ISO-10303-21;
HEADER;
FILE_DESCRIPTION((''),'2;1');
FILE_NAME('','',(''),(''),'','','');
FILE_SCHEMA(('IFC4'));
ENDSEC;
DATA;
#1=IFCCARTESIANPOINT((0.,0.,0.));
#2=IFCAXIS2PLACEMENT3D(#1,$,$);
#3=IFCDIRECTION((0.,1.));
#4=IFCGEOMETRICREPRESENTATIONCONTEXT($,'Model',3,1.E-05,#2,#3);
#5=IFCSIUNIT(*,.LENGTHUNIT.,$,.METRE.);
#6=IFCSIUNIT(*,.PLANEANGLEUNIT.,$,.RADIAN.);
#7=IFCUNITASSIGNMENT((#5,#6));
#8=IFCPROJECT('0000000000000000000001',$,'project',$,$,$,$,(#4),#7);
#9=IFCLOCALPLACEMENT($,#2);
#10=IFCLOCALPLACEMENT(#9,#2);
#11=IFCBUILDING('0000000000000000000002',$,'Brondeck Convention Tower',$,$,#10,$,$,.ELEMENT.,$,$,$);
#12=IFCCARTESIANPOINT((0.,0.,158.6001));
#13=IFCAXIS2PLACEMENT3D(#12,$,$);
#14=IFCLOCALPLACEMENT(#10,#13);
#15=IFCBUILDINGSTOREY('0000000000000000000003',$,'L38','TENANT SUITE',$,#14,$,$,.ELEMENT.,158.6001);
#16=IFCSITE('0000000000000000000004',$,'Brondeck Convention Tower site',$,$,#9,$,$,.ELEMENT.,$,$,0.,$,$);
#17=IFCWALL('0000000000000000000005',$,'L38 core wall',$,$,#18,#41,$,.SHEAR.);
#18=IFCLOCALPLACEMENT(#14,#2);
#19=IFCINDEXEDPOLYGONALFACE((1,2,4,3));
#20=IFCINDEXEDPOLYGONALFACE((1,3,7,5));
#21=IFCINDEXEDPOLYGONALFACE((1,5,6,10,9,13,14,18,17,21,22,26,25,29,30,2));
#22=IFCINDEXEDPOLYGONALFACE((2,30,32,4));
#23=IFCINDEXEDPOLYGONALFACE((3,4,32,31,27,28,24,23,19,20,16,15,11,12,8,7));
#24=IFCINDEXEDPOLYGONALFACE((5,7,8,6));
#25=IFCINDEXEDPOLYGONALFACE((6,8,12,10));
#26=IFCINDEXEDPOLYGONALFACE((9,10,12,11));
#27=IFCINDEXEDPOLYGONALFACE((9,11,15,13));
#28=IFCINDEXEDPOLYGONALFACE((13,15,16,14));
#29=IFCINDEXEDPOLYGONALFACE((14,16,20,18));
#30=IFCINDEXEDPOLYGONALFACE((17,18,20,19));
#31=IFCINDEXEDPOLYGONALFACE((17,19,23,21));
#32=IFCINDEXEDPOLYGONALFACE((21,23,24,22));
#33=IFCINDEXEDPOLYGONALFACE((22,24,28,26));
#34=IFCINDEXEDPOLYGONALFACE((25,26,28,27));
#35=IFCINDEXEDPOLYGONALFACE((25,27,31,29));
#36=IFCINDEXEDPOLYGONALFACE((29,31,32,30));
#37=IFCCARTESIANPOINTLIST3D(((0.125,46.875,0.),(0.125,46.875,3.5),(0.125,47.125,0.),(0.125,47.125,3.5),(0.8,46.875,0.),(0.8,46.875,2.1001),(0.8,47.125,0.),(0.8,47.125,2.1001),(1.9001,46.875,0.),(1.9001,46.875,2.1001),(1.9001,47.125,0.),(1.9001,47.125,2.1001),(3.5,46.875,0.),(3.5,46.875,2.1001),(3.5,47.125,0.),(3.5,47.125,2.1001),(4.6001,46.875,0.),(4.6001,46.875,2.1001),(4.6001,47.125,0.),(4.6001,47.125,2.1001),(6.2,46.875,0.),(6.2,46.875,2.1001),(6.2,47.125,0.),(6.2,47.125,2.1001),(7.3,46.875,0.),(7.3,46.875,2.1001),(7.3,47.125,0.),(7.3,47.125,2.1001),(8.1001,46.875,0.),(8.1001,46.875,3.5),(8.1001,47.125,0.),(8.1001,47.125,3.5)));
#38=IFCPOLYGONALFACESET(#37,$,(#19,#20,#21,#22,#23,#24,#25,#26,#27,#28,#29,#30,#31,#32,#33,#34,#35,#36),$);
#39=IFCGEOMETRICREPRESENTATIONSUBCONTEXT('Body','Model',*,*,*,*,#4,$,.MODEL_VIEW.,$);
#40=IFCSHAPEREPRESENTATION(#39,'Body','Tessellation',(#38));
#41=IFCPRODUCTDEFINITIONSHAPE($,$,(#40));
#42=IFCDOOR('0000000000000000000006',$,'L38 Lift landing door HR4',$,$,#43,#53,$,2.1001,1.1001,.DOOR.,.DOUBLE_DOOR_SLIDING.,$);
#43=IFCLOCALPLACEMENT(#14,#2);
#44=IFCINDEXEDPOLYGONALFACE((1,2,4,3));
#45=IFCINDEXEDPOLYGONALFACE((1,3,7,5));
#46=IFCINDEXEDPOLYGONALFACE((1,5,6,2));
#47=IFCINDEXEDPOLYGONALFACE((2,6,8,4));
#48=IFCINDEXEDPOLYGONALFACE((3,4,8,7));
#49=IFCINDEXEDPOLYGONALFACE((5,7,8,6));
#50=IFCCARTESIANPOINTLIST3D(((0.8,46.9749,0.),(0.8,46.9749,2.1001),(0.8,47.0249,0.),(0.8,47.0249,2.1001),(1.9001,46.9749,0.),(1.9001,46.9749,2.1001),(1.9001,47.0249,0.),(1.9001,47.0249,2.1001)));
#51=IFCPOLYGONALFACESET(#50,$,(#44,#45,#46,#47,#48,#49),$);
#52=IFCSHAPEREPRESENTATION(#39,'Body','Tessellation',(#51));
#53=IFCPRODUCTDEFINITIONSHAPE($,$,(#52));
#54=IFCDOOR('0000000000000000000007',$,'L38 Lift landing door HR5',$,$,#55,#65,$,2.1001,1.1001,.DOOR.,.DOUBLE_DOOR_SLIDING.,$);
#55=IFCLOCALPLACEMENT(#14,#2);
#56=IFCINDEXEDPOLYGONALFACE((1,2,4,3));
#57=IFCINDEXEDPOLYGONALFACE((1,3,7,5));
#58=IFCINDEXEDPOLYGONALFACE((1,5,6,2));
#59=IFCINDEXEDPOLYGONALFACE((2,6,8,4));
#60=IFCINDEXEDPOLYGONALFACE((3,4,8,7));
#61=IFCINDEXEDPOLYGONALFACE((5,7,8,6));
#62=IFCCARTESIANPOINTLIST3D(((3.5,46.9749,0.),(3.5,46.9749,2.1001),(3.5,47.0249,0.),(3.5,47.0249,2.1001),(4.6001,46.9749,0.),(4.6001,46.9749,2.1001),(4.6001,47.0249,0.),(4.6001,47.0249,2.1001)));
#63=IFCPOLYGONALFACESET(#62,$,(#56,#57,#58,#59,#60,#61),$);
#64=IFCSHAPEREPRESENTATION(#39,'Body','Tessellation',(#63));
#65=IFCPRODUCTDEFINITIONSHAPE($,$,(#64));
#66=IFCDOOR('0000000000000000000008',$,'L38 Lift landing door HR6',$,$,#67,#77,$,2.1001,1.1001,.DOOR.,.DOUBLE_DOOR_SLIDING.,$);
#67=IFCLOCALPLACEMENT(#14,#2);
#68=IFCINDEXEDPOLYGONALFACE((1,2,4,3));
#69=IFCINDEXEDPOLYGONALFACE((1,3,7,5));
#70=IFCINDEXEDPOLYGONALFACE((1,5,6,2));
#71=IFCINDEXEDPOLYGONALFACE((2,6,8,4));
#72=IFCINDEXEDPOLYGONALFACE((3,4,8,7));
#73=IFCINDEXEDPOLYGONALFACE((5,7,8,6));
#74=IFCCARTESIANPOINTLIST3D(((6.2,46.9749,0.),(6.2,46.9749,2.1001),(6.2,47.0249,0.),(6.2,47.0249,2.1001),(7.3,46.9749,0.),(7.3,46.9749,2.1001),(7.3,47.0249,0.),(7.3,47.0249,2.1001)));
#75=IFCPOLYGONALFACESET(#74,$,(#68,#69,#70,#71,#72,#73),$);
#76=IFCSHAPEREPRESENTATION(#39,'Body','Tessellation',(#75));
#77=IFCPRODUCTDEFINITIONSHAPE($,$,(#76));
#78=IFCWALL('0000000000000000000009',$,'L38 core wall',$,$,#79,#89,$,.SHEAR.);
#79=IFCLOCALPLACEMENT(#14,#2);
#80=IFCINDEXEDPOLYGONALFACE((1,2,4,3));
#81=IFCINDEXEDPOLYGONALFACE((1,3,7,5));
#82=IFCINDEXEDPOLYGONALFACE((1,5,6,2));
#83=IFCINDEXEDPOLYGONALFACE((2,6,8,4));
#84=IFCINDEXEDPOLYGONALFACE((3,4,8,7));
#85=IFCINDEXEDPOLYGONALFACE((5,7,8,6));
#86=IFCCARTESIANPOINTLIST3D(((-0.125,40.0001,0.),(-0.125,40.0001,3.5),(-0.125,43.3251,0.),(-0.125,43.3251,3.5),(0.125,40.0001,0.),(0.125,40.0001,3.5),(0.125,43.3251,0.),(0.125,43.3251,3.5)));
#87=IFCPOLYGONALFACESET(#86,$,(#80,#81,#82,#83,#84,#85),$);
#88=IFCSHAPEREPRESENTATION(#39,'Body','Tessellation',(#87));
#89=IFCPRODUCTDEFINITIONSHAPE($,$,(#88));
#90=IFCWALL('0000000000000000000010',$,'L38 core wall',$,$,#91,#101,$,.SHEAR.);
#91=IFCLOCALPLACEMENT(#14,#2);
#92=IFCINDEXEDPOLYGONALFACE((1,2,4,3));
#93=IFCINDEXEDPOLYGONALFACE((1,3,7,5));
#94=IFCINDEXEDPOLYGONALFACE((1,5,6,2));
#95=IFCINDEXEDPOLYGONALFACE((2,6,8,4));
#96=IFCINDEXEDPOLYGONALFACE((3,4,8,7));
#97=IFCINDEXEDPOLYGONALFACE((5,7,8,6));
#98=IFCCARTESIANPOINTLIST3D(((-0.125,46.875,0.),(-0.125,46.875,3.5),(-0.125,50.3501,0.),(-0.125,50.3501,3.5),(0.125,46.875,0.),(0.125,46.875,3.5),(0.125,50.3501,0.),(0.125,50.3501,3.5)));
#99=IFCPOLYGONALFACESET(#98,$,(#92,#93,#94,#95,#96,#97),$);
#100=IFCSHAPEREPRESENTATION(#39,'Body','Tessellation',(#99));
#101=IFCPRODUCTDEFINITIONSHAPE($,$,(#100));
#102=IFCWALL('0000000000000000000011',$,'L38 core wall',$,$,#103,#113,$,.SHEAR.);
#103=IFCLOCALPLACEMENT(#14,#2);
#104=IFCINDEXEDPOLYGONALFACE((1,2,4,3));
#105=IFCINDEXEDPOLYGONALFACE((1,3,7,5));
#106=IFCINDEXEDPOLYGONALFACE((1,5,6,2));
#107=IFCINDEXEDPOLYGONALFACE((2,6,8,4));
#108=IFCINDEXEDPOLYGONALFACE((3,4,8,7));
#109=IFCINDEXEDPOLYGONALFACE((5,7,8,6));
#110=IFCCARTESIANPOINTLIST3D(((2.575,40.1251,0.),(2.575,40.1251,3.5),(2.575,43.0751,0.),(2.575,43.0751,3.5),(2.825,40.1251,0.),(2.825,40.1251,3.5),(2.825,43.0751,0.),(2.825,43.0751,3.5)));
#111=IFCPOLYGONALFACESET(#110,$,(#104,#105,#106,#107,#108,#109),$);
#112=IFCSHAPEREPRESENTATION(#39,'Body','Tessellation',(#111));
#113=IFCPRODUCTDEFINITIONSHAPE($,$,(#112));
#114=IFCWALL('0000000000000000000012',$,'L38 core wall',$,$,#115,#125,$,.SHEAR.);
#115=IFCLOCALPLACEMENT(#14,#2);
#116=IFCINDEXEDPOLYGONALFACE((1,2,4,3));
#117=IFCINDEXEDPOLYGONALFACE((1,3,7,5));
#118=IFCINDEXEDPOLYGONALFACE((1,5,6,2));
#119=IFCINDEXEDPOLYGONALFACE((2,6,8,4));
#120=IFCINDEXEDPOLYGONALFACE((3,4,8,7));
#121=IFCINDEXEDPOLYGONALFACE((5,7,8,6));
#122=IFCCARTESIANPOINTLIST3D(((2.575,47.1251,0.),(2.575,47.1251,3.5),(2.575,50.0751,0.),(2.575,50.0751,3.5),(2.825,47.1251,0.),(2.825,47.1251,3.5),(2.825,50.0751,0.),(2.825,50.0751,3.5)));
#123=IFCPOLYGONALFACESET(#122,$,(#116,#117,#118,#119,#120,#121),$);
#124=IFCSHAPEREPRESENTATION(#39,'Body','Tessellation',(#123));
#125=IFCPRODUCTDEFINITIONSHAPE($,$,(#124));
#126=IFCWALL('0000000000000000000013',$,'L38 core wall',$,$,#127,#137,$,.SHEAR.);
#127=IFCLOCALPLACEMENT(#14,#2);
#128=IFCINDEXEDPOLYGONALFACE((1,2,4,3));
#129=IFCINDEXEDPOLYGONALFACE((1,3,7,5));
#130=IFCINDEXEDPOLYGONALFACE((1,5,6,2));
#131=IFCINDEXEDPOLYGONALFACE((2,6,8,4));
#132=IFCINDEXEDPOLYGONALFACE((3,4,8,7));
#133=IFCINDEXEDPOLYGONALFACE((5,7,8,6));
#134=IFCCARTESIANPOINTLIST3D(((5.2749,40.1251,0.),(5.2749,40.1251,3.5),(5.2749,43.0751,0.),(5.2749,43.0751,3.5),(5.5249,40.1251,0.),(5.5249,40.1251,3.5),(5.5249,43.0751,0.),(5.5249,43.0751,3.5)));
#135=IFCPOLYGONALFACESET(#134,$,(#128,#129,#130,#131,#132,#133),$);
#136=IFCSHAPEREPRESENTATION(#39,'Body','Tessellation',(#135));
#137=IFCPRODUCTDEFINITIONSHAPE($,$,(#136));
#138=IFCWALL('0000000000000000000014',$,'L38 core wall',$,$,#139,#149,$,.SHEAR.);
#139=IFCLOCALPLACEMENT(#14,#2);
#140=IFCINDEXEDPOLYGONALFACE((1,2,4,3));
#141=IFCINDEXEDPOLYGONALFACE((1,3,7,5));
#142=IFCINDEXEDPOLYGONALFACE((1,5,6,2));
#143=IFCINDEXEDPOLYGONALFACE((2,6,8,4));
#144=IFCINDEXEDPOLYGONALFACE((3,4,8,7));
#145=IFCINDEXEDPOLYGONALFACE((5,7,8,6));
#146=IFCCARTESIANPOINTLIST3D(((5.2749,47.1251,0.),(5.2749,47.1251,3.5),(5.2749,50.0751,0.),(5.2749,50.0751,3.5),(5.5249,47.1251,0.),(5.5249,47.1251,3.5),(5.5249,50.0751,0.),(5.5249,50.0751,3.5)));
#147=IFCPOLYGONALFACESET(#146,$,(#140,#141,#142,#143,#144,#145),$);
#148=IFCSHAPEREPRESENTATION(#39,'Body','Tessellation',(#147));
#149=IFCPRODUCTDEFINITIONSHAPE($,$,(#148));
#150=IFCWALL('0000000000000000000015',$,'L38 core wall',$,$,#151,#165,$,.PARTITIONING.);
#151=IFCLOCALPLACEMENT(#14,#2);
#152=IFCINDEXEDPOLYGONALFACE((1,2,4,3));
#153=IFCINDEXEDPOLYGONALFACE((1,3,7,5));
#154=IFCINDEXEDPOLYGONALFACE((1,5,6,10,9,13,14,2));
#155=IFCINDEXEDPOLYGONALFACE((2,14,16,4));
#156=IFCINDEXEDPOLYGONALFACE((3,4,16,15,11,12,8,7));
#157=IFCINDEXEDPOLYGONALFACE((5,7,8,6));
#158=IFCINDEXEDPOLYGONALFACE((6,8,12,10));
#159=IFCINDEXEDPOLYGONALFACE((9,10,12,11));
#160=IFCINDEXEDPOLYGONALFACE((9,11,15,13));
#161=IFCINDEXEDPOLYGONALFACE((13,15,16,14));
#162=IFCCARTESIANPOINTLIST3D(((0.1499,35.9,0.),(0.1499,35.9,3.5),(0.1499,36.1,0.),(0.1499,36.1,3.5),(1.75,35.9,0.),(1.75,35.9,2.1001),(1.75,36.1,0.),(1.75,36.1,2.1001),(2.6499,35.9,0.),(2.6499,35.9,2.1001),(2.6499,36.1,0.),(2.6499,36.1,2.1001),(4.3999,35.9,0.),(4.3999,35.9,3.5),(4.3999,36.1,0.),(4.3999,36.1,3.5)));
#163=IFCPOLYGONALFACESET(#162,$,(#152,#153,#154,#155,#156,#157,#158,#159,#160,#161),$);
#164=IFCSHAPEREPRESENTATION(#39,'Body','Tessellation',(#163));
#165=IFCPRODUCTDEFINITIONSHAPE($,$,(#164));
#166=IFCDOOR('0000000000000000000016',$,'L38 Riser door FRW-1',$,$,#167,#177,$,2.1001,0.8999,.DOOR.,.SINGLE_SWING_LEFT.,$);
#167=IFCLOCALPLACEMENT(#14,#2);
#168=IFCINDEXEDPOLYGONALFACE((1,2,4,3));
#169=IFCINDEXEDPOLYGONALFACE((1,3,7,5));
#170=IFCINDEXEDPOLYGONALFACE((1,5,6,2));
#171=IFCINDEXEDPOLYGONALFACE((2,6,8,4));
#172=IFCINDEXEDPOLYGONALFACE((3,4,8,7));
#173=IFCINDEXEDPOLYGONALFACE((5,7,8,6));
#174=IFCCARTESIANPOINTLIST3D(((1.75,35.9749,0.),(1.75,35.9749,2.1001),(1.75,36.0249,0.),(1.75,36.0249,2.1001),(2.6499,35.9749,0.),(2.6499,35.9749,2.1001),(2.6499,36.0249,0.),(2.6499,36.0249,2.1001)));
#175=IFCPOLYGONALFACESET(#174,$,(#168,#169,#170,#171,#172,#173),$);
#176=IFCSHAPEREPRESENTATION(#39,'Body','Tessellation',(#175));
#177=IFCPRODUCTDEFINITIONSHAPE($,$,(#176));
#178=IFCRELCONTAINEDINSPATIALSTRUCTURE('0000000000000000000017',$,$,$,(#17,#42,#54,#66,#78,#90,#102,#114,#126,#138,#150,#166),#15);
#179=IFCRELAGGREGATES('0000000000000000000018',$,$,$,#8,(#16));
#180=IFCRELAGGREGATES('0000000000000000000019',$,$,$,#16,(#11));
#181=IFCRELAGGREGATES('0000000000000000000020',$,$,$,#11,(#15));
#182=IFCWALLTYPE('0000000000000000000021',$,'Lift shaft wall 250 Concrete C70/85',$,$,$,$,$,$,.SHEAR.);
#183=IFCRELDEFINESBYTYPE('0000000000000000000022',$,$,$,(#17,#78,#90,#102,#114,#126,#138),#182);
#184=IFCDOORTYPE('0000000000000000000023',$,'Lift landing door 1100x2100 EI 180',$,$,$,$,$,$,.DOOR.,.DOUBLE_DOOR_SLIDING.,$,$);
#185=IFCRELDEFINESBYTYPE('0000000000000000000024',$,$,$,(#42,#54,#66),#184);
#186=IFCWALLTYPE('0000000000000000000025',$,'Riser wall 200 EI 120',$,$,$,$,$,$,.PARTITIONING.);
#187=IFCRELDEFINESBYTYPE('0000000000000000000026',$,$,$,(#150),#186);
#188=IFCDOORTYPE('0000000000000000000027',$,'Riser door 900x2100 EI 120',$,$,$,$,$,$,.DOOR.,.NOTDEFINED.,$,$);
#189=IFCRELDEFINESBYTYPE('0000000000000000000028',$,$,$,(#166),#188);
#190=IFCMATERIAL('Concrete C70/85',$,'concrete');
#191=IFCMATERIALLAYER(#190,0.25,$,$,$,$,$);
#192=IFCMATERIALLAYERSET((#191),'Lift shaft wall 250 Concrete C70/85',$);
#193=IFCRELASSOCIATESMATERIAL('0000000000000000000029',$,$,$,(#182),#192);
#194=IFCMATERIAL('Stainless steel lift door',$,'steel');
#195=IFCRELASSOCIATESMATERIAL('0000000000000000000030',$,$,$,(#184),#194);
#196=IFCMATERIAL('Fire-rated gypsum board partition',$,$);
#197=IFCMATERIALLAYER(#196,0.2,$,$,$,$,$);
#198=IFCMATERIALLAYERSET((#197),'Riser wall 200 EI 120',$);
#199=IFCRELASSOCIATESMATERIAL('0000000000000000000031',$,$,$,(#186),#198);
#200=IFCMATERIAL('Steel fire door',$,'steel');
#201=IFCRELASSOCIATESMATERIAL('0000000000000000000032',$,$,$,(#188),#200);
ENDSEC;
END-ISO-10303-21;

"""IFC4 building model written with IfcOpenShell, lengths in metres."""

from ifc_helpers import new_model, si_unit, direction, frame, frame_2d, origin, place, context, subcontext, project, spatial, rectangle, extrude, material, layer, layer_set, type_object, element, fill, save


model = new_model("IFC4")

# Units and contexts
model_context = context("Model", 3, precision=1e-05, world=origin(), true_north=direction((0.0, 1.0)))
body_context = subcontext(model_context, "Body", "Model", "MODEL_VIEW")
ifc_project = project(units=[si_unit("LENGTHUNIT", "METRE"), si_unit("PLANEANGLEUNIT", "RADIAN")], contexts=[model_context])

# Site, building, storey
site_placement = place(None, origin())
site = spatial("IfcSite", under=ifc_project, at=site_placement, Name="Brondeck Convention Tower site", CompositionType="ELEMENT", RefElevation=0.0)
building_placement = place(site_placement, origin())
building = spatial("IfcBuilding", under=site, at=building_placement, Name="Brondeck Convention Tower", CompositionType="ELEMENT")
storey_placement = place(building_placement, frame((0.0, 0.0, 158.6001)))
storey = spatial("IfcBuildingStorey", under=building, at=storey_placement, Name="L38", Description="TENANT SUITE", CompositionType="ELEMENT", Elevation=158.6001)

# Shared definitions
ifc_material_1 = material(Name="Concrete C70/85", Category="concrete")

# Shared definitions
ifc_layer_1 = layer(ifc_material_1, 0.25)
ifc_layer_set_1 = layer_set([ifc_layer_1], Name="Lift shaft wall 250 Concrete C70/85")
wall_type_1 = type_object("IfcWallType", Name="Lift shaft wall 250 Concrete C70/85", PredefinedType="SHEAR", material=ifc_layer_set_1)

# Wall, openings, doors
ifc_material_2 = material(Name="Stainless steel lift door", Category="steel")
door_type_1 = type_object("IfcDoorType", Name="Lift landing door 1100x2100 EI 180", OperationType="DOUBLE_DOOR_SLIDING", PredefinedType="DOOR", material=ifc_material_2)
wall_1_placement = place(storey_placement, frame((0.125, 47.0, 0.0), z_axis=(0.0, 0.0, 1.0), x_axis=(1.0, 0.0, 0.0)))
wall_1 = element("IfcWall", 1, at=wall_1_placement, inside=storey, type_object=wall_type_1, Name="L38 core wall", PredefinedType="SHEAR", context=body_context, shape_type="SweptSolid", body=[
    extrude(rectangle(XDim=7.9751, YDim=0.25, at=frame_2d((3.9875, 0.0))), origin(), (0.0, 0.0, 1.0), 3.5),
])
opening_1_placement = place(wall_1_placement, frame((0.675, 0.0, 0.0)))
opening_1 = element("IfcOpeningElement", 2, at=opening_1_placement, cuts=wall_1, PredefinedType="OPENING", context=body_context, shape_type="SweptSolid", body=[
    extrude(rectangle(XDim=1.1001, YDim=2.1001, at=frame_2d((0.55, 1.05))), frame((0.0, 0.135, 0.0), z_axis=(0.0, -1.0, 0.0), x_axis=(1.0, 0.0, 0.0)), (0.0, 0.0, 1.0), 0.27),
])
opening_2_placement = place(wall_1_placement, frame((3.375, 0.0, 0.0)))
opening_2 = element("IfcOpeningElement", 3, at=opening_2_placement, cuts=wall_1, PredefinedType="OPENING", context=body_context, shape_type="SweptSolid", body=[
    extrude(rectangle(XDim=1.1001, YDim=2.1001, at=frame_2d((0.55, 1.05))), frame((0.0, 0.135, 0.0), z_axis=(0.0, -1.0, 0.0), x_axis=(1.0, 0.0, 0.0)), (0.0, 0.0, 1.0), 0.27),
])
opening_3_placement = place(wall_1_placement, frame((6.075, 0.0, 0.0)))
opening_3 = element("IfcOpeningElement", 4, at=opening_3_placement, cuts=wall_1, PredefinedType="OPENING", context=body_context, shape_type="SweptSolid", body=[
    extrude(rectangle(XDim=1.1001, YDim=2.1001, at=frame_2d((0.55, 1.05))), frame((0.0, 0.135, 0.0), z_axis=(0.0, -1.0, 0.0), x_axis=(1.0, 0.0, 0.0)), (0.0, 0.0, 1.0), 0.27),
])
door_1_placement = place(opening_1_placement, origin())
door_1 = element("IfcDoor", 5, at=door_1_placement, inside=storey, type_object=door_type_1, Name="L38 Lift landing door HR4", OperationType="DOUBLE_DOOR_SLIDING", OverallHeight=2.1001, OverallWidth=1.1001, PredefinedType="DOOR", context=body_context, shape_type="SweptSolid", body=[
    extrude(rectangle(XDim=1.1001, YDim=2.1001, at=frame_2d((0.55, 1.05))), frame((0.0, 0.0249, 0.0), z_axis=(0.0, -1.0, 0.0), x_axis=(1.0, 0.0, 0.0)), (0.0, 0.0, 1.0), 0.05),
])
fill(opening_1, door_1)
door_2_placement = place(opening_2_placement, origin())
door_2 = element("IfcDoor", 6, at=door_2_placement, inside=storey, type_object=door_type_1, Name="L38 Lift landing door HR5", OperationType="DOUBLE_DOOR_SLIDING", OverallHeight=2.1001, OverallWidth=1.1001, PredefinedType="DOOR", context=body_context, shape_type="SweptSolid", body=[
    extrude(rectangle(XDim=1.1001, YDim=2.1001, at=frame_2d((0.55, 1.05))), frame((0.0, 0.0249, 0.0), z_axis=(0.0, -1.0, 0.0), x_axis=(1.0, 0.0, 0.0)), (0.0, 0.0, 1.0), 0.05),
])
fill(opening_2, door_2)
door_3_placement = place(opening_3_placement, origin())
door_3 = element("IfcDoor", 7, at=door_3_placement, inside=storey, type_object=door_type_1, Name="L38 Lift landing door HR6", OperationType="DOUBLE_DOOR_SLIDING", OverallHeight=2.1001, OverallWidth=1.1001, PredefinedType="DOOR", context=body_context, shape_type="SweptSolid", body=[
    extrude(rectangle(XDim=1.1001, YDim=2.1001, at=frame_2d((0.55, 1.05))), frame((0.0, 0.0249, 0.0), z_axis=(0.0, -1.0, 0.0), x_axis=(1.0, 0.0, 0.0)), (0.0, 0.0, 1.0), 0.05),
])
fill(opening_3, door_3)

# Walls
wall_2_placement = place(storey_placement, frame((0.0, 40.0, 0.0), z_axis=(0.0, 0.0, 1.0), x_axis=(0.0, 1.0, 0.0)))
element("IfcWall", 8, at=wall_2_placement, inside=storey, type_object=wall_type_1, Name="L38 core wall", PredefinedType="SHEAR", context=body_context, shape_type="SweptSolid", body=[
    extrude(rectangle(XDim=3.325, YDim=0.25, at=frame_2d((1.6626, 0.0))), origin(), (0.0, 0.0, 1.0), 3.5),
])
wall_3_placement = place(storey_placement, frame((0.0, 46.875, 0.0), z_axis=(0.0, 0.0, 1.0), x_axis=(0.0, 1.0, 0.0)))
element("IfcWall", 9, at=wall_3_placement, inside=storey, type_object=wall_type_1, Name="L38 core wall", PredefinedType="SHEAR", context=body_context, shape_type="SweptSolid", body=[
    extrude(rectangle(XDim=3.4751, YDim=0.25, at=frame_2d((1.7375, 0.0))), origin(), (0.0, 0.0, 1.0), 3.5),
])
for number, where, z_axis, x_axis, name in (
    (10, (2.7, 40.125, 0.0), (0.0, 0.0, 1.0), (0.0, 1.0, 0.0), "L38 core wall"),
    (11, (2.7, 47.125, 0.0), (0.0, 0.0, 1.0), (0.0, 1.0, 0.0), "L38 core wall"),
    (12, (5.3999, 40.125, 0.0), (0.0, 0.0, 1.0), (0.0, 1.0, 0.0), "L38 core wall"),
    (13, (5.3999, 47.125, 0.0), (0.0, 0.0, 1.0), (0.0, 1.0, 0.0), "L38 core wall"),
):
    element("IfcWall", number, at=place(storey_placement, frame(where, z_axis=z_axis, x_axis=x_axis)), inside=storey, type_object=wall_type_1, Name=name, PredefinedType="SHEAR", context=body_context, shape_type="SweptSolid", body=[
        extrude(rectangle(XDim=2.95, YDim=0.25, at=frame_2d((1.4751, 0.0))), origin(), (0.0, 0.0, 1.0), 3.5),
    ])

# Wall, opening, door
ifc_material_3 = material(Name="Fire-rated gypsum board partition")
ifc_layer_2 = layer(ifc_material_3, 0.2)
ifc_layer_set_2 = layer_set([ifc_layer_2], Name="Riser wall 200 EI 120")
wall_type_2 = type_object("IfcWallType", Name="Riser wall 200 EI 120", PredefinedType="PARTITIONING", material=ifc_layer_set_2)
wall_4_placement = place(storey_placement, frame((0.1499, 36.0, 0.0), z_axis=(0.0, 0.0, 1.0), x_axis=(1.0, 0.0, 0.0)))
wall_4 = element("IfcWall", 14, at=wall_4_placement, inside=storey, type_object=wall_type_2, Name="L38 core wall", PredefinedType="PARTITIONING", context=body_context, shape_type="SweptSolid", body=[
    extrude(rectangle(XDim=4.25, YDim=0.2, at=frame_2d((2.125, 0.0))), origin(), (0.0, 0.0, 1.0), 3.5),
])
opening_4_placement = place(wall_4_placement, frame((1.6001, 0.0, 0.0)))
opening_4 = element("IfcOpeningElement", 15, at=opening_4_placement, cuts=wall_4, PredefinedType="OPENING", context=body_context, shape_type="SweptSolid", body=[
    extrude(rectangle(XDim=0.8999, YDim=2.1001, at=frame_2d((0.45, 1.05))), frame((0.0, 0.1099, 0.0), z_axis=(0.0, -1.0, 0.0), x_axis=(1.0, 0.0, 0.0)), (0.0, 0.0, 1.0), 0.22),
])
ifc_material_4 = material(Name="Steel fire door", Category="steel")
door_type_2 = type_object("IfcDoorType", Name="Riser door 900x2100 EI 120", OperationType="NOTDEFINED", PredefinedType="DOOR", material=ifc_material_4)
door_4_placement = place(opening_4_placement, origin())
door_4 = element("IfcDoor", 16, at=door_4_placement, inside=storey, type_object=door_type_2, Name="L38 Riser door FRW-1", OperationType="SINGLE_SWING_LEFT", OverallHeight=2.1001, OverallWidth=0.8999, PredefinedType="DOOR", context=body_context, shape_type="SweptSolid", body=[
    extrude(rectangle(XDim=0.8999, YDim=2.1001, at=frame_2d((0.45, 1.05))), frame((0.0, 0.0249, 0.0), z_axis=(0.0, -1.0, 0.0), x_axis=(1.0, 0.0, 0.0)), (0.0, 0.0, 1.0), 0.05),
])
fill(opening_4, door_4)

save(model, "model.ifc")
